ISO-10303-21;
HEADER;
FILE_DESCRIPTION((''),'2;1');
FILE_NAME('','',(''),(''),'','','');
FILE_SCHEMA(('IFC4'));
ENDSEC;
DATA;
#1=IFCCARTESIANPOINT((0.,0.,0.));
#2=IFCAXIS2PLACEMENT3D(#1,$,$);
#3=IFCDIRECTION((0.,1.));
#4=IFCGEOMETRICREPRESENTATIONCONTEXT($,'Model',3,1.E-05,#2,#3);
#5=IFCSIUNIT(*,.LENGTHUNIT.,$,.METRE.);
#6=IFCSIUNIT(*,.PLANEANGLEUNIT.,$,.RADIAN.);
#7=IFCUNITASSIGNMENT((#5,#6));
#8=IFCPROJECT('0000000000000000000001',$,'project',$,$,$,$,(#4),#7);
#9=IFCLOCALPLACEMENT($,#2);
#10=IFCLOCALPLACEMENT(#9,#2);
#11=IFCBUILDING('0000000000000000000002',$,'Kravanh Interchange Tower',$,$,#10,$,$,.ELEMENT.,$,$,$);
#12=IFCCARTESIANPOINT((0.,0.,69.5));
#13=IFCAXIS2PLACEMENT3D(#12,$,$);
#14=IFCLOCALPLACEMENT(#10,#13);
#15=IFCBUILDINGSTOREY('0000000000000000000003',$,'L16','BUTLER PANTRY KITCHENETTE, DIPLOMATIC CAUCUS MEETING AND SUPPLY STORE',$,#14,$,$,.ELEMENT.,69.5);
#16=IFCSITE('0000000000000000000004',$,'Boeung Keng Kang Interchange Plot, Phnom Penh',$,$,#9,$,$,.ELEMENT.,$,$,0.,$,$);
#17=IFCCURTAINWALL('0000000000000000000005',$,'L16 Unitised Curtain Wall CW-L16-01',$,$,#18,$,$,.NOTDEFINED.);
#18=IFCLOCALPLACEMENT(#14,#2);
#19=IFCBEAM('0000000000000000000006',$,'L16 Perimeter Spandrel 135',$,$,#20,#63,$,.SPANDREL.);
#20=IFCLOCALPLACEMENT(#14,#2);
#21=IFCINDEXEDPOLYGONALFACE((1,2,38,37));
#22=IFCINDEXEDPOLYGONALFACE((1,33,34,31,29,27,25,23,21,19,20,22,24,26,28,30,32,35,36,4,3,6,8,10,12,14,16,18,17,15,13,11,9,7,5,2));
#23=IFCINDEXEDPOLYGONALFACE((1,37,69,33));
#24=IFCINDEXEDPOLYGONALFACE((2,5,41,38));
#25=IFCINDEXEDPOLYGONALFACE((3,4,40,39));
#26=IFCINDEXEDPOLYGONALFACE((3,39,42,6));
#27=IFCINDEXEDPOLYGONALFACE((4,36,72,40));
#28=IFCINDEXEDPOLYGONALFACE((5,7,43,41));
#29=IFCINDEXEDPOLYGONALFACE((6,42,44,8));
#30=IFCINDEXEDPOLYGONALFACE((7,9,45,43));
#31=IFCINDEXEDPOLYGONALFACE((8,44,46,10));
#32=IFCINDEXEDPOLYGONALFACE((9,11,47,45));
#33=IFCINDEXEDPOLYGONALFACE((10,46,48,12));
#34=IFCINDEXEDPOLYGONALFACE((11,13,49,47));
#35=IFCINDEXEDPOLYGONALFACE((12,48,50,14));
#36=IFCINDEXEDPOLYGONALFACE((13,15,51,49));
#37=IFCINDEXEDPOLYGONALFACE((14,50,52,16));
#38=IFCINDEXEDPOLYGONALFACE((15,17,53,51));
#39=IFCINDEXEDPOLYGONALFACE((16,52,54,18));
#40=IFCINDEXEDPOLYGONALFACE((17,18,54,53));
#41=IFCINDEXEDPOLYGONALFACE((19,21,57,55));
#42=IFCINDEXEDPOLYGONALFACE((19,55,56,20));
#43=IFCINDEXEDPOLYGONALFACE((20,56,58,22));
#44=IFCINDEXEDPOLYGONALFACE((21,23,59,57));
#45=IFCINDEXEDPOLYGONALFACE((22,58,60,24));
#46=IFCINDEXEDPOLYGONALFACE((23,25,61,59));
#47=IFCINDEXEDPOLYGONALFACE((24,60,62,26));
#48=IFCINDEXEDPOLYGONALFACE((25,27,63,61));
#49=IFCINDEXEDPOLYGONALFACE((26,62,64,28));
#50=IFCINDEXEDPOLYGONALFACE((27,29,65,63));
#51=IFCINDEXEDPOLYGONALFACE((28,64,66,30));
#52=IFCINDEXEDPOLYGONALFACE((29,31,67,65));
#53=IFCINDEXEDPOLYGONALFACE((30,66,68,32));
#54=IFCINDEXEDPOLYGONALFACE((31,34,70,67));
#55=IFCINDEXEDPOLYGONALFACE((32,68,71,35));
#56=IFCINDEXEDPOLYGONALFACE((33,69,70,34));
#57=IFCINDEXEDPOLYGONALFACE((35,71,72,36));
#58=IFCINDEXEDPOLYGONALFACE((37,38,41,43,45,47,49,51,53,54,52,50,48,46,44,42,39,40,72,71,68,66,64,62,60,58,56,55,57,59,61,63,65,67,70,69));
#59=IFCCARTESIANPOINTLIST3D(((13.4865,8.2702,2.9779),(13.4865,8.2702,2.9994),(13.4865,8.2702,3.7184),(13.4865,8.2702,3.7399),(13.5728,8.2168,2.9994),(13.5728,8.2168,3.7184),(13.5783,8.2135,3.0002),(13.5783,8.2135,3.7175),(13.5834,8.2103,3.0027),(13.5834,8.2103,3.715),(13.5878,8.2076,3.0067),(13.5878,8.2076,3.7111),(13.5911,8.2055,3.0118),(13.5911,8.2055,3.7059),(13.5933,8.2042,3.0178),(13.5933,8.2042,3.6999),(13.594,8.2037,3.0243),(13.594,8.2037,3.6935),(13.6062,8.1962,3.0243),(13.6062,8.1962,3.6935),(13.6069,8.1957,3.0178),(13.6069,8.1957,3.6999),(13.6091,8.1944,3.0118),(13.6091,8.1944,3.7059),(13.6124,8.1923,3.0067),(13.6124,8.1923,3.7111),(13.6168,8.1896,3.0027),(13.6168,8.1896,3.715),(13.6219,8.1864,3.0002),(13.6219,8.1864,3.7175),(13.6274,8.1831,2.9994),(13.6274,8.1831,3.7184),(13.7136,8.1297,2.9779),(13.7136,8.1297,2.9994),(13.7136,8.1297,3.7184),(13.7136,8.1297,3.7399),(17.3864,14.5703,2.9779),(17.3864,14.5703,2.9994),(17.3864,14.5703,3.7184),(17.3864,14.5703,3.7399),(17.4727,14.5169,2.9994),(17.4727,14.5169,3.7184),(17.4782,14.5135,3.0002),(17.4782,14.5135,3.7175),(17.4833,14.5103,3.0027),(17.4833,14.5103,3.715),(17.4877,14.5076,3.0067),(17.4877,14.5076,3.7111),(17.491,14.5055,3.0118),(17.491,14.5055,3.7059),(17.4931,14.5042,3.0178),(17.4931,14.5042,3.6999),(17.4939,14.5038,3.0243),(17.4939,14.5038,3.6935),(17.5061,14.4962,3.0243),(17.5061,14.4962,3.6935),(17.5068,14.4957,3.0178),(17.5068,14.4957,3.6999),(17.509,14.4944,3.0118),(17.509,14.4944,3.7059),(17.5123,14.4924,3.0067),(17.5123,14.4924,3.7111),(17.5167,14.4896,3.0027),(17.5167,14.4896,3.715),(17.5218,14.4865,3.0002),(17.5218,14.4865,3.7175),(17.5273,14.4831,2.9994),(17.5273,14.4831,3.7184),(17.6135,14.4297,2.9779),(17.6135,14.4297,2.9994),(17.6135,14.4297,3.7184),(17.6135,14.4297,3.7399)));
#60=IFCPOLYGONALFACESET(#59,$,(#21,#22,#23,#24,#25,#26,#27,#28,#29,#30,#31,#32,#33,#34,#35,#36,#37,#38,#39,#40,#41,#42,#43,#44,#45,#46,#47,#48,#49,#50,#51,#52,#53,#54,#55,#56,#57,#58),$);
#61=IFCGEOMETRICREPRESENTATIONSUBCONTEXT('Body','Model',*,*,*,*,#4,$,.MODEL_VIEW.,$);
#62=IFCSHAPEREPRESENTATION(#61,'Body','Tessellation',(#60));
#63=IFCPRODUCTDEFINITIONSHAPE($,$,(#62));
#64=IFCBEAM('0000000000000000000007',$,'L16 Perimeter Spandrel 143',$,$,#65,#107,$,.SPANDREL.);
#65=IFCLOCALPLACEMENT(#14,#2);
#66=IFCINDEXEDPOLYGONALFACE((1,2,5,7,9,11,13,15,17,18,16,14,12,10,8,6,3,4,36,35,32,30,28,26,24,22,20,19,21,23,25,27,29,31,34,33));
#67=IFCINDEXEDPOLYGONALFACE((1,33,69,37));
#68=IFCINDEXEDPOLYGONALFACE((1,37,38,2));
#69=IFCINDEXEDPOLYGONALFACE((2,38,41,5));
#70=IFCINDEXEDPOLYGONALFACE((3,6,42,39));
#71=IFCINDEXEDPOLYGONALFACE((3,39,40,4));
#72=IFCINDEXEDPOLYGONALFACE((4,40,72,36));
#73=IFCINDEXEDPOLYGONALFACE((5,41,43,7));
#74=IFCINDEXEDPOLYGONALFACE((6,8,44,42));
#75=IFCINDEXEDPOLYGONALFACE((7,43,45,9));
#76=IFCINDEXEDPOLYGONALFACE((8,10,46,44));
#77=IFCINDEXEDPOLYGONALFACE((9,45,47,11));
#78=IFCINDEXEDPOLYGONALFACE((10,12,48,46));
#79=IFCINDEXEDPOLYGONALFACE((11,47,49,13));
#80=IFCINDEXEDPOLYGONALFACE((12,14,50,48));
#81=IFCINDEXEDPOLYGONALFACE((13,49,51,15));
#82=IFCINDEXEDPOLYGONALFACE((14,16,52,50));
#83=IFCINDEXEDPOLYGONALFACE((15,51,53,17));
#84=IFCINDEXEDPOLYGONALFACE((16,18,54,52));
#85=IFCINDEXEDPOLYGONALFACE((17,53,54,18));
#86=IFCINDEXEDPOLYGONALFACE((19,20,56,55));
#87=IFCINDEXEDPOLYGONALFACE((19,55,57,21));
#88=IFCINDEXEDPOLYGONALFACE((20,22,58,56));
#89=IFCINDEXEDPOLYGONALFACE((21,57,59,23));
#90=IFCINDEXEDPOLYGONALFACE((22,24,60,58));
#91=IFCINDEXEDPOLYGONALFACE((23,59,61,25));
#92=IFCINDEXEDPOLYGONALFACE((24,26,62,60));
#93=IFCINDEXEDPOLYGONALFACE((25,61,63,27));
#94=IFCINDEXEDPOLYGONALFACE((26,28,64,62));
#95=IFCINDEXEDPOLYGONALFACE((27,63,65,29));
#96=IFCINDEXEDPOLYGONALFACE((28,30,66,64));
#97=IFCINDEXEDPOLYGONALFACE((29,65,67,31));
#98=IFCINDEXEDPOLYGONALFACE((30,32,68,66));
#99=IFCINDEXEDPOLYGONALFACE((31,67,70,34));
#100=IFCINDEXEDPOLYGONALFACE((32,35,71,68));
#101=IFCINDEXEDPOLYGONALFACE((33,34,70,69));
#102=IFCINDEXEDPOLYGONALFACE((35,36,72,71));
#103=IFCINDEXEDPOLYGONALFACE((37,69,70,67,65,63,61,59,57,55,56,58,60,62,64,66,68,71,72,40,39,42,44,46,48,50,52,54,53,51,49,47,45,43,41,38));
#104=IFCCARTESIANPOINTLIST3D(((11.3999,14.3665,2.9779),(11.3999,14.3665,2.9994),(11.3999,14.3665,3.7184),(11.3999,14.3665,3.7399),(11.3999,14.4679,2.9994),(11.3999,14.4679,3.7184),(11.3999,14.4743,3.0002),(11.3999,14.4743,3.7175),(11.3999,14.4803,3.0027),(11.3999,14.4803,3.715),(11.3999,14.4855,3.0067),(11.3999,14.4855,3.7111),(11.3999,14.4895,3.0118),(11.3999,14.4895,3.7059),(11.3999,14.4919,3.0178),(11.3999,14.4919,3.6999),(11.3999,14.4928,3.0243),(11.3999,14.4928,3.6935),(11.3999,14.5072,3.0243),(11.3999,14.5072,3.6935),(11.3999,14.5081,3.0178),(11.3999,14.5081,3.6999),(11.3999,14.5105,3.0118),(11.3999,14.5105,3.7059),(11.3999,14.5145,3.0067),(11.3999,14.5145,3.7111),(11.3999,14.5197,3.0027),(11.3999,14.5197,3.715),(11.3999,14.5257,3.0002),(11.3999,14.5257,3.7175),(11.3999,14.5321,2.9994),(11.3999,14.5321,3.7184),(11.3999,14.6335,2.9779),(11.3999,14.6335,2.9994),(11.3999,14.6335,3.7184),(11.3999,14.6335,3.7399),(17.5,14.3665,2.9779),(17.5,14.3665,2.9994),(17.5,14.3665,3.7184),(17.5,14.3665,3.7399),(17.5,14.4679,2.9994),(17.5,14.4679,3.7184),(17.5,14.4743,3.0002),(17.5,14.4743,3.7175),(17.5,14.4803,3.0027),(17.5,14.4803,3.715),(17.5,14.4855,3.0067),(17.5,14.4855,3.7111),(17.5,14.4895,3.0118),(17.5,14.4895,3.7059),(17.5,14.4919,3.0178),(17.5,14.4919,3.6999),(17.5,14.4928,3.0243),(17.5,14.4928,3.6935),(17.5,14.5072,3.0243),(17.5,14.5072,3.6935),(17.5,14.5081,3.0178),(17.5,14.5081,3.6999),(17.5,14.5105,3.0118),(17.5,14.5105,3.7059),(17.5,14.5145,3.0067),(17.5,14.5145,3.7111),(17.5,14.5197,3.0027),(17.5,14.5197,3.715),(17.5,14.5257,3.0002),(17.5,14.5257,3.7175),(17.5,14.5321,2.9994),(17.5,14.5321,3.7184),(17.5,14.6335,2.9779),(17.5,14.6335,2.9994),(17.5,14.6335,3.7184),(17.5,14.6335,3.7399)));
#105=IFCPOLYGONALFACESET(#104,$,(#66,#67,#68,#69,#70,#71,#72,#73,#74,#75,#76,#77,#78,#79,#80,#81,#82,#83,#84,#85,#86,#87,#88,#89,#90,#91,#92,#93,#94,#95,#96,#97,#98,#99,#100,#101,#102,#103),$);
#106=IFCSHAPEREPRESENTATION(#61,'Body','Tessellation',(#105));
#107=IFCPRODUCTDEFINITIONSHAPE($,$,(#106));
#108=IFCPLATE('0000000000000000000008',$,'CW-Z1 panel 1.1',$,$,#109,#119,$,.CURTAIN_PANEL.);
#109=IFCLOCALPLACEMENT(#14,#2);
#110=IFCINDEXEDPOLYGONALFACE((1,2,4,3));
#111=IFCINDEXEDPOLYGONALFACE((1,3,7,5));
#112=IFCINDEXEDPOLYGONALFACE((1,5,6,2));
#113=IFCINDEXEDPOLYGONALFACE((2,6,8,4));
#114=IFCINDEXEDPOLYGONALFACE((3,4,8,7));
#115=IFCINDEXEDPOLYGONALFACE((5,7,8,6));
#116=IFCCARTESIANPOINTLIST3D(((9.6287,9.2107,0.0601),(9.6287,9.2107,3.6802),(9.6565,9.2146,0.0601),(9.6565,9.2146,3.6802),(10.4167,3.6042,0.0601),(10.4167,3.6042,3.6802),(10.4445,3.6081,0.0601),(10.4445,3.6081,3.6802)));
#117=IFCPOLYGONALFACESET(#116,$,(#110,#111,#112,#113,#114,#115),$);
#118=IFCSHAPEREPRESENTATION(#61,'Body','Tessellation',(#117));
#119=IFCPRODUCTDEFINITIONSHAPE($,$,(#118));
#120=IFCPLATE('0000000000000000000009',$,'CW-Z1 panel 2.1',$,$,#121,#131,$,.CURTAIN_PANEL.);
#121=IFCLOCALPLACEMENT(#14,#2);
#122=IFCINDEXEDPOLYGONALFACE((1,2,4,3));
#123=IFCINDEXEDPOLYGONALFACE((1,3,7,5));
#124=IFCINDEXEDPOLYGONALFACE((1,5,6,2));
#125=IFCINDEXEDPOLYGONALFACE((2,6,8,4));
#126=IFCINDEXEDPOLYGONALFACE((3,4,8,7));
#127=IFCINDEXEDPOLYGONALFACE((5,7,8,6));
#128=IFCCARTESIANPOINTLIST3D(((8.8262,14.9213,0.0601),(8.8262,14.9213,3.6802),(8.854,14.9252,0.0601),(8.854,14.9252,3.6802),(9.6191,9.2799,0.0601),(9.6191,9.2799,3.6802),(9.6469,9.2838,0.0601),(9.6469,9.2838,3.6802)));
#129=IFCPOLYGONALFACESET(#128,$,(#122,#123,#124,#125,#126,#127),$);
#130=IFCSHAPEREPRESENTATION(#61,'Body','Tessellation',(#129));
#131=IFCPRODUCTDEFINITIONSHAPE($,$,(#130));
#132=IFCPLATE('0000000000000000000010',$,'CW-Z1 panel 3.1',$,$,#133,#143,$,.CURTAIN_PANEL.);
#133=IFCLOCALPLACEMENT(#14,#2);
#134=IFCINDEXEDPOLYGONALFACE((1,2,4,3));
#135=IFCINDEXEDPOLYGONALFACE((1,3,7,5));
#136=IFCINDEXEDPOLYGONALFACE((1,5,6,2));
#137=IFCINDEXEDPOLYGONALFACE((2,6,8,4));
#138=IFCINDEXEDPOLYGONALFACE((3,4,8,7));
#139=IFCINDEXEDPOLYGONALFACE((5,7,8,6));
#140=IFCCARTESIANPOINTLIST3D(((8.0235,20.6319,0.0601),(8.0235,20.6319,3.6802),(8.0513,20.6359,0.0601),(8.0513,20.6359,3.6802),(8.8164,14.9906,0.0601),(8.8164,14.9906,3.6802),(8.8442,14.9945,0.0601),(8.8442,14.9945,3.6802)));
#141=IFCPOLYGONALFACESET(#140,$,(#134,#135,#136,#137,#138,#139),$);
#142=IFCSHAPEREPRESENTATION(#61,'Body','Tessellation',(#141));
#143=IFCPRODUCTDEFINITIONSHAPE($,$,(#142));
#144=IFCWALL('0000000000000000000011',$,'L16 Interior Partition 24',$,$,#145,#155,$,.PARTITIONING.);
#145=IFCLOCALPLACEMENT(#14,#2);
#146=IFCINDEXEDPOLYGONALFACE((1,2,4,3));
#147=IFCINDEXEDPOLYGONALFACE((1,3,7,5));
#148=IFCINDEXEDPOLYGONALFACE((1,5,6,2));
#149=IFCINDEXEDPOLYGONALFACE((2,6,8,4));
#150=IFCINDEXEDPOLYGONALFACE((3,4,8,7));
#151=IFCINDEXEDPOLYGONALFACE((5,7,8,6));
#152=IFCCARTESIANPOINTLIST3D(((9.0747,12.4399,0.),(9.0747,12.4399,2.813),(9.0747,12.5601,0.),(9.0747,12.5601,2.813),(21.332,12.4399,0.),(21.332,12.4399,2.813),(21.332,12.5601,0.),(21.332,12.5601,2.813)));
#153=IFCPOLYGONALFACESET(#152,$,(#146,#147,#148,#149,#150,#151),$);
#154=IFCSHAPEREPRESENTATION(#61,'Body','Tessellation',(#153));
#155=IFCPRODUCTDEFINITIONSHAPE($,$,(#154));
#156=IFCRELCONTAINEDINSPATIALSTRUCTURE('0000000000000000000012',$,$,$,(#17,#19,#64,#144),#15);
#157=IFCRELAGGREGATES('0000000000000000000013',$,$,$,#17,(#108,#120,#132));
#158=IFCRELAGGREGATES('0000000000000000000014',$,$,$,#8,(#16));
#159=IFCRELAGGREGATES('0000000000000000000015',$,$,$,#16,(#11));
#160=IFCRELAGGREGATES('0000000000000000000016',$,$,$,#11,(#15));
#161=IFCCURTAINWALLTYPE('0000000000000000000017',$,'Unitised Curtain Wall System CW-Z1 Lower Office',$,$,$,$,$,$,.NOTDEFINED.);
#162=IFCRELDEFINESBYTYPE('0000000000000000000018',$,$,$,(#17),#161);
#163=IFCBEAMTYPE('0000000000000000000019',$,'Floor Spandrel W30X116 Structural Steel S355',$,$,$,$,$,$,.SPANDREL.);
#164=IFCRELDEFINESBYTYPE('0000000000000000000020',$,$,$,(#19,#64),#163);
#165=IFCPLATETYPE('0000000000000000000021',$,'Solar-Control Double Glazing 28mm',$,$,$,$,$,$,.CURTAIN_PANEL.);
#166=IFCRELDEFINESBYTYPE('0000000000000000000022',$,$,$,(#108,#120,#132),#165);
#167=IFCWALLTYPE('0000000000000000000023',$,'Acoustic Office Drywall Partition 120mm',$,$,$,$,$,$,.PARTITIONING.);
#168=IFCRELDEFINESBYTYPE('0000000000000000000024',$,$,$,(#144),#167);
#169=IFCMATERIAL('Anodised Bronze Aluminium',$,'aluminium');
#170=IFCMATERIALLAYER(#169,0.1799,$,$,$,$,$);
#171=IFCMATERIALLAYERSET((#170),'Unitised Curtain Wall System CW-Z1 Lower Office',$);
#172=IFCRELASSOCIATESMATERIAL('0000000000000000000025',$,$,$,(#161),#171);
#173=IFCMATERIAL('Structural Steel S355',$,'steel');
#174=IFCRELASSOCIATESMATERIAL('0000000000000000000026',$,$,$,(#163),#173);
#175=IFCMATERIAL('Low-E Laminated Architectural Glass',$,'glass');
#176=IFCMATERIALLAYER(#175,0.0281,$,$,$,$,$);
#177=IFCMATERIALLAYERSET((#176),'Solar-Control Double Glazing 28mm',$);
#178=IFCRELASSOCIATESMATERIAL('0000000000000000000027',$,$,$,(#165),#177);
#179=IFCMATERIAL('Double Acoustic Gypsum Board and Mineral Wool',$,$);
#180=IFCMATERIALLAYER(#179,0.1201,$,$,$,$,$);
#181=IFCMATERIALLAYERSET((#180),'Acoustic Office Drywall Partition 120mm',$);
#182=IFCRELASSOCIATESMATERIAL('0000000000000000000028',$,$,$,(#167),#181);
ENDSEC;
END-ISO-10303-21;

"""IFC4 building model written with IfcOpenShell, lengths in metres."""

from ifc_helpers import new_model, si_unit, direction, frame, frame_2d, origin, origin_2d, place, context, subcontext, project, spatial, rectangle, i_section, extrude, material, layer, layer_set, material_profile, profile_set, type_object, element, aggregate, save


model = new_model("IFC4")

# Units and contexts
model_context = context("Model", 3, precision=1e-05, world=origin(), true_north=direction((0.0, 1.0)))
body_context = subcontext(model_context, "Body", "Model", "MODEL_VIEW")
ifc_project = project(units=[si_unit("LENGTHUNIT", "METRE"), si_unit("PLANEANGLEUNIT", "RADIAN")], contexts=[model_context])

# Site, building, storey
site_placement = place(None, origin())
site = spatial("IfcSite", under=ifc_project, at=site_placement, Name="Boeung Keng Kang Interchange Plot, Phnom Penh", CompositionType="ELEMENT", RefElevation=0.0)
building_placement = place(site_placement, origin())
building = spatial("IfcBuilding", under=site, at=building_placement, Name="Kravanh Interchange Tower", CompositionType="ELEMENT")
storey_placement = place(building_placement, frame((0.0, 0.0, 69.5)))
storey = spatial("IfcBuildingStorey", under=building, at=storey_placement, Name="L16", Description="BUTLER PANTRY KITCHENETTE, DIPLOMATIC CAUCUS MEETING AND SUPPLY STORE", CompositionType="ELEMENT", Elevation=69.5)

# Curtain wall
ifc_material_1 = material(Name="Anodised Bronze Aluminium", Category="aluminium")
ifc_layer_1 = layer(ifc_material_1, 0.1799)
ifc_layer_set_1 = layer_set([ifc_layer_1], Name="Unitised Curtain Wall System CW-Z1 Lower Office")
curtain_wall_type = type_object("IfcCurtainWallType", Name="Unitised Curtain Wall System CW-Z1 Lower Office", PredefinedType="NOTDEFINED", material=ifc_layer_set_1)
curtain_wall_placement = place(storey_placement, origin())
curtain_wall = element("IfcCurtainWall", 1, at=curtain_wall_placement, inside=storey, type_object=curtain_wall_type, Name="L16 Unitised Curtain Wall CW-L16-01", PredefinedType="NOTDEFINED")

# Beams
ifc_material_2 = material(Name="Structural Steel S355", Category="steel")
ifc_material_profile_1 = material_profile(ifc_material_2, i_section(OverallWidth=0.2671, OverallDepth=0.762, WebThickness=0.0144, FlangeThickness=0.0215, FilletRadius=0.0249, at=origin_2d()), Name="W30X116")
ifc_profile_set_1 = profile_set([ifc_material_profile_1], Name="Structural Steel S355")
beam_type_1 = type_object("IfcBeamType", Name="Floor Spandrel W30X116 Structural Steel S355", PredefinedType="SPANDREL", material=ifc_profile_set_1)
beam_1_placement = place(storey_placement, frame((13.6001, 8.2, 3.3589), z_axis=(0.526342, 0.850273, 0.0), x_axis=(-0.850273, 0.526342, 0.0)))
element("IfcBeam", 2, at=beam_1_placement, inside=storey, type_object=beam_type_1, Name="L16 Perimeter Spandrel 135", PredefinedType="SPANDREL", context=body_context, shape_type="SweptSolid", body=[
    extrude(i_section(OverallWidth=0.2671, OverallDepth=0.762, WebThickness=0.0144, FlangeThickness=0.0215, FilletRadius=0.0249, at=origin_2d()), origin(), (0.0, 0.0, 1.0), 7.4094),
])
beam_2_placement = place(storey_placement, frame((11.3999, 14.5, 3.3589), z_axis=(1.0, 0.0, 0.0), x_axis=(0.0, 1.0, 0.0)))
element("IfcBeam", 3, at=beam_2_placement, inside=storey, type_object=beam_type_1, Name="L16 Perimeter Spandrel 143", PredefinedType="SPANDREL", context=body_context, shape_type="SweptSolid", body=[
    extrude(i_section(OverallWidth=0.2671, OverallDepth=0.762, WebThickness=0.0144, FlangeThickness=0.0215, FilletRadius=0.0249, at=origin_2d()), origin(), (0.0, 0.0, 1.0), 6.1001),
])

# Plates
ifc_material_3 = material(Name="Low-E Laminated Architectural Glass", Category="glass")
ifc_layer_2 = layer(ifc_material_3, 0.0281)
ifc_layer_set_2 = layer_set([ifc_layer_2], Name="Solar-Control Double Glazing 28mm")
plate_type = type_object("IfcPlateType", Name="Solar-Control Double Glazing 28mm", PredefinedType="CURTAIN_PANEL", material=ifc_layer_set_2)
plate_1_placement = place(storey_placement, frame((10.0366, 6.4094, 0.0601), z_axis=(0.0, 0.0, 1.0), x_axis=(-0.139177, 0.990268, 0.0)))
plate_1 = element("IfcPlate", 4, at=plate_1_placement, type_object=plate_type, Name="CW-Z1 panel 1.1", PredefinedType="CURTAIN_PANEL", context=body_context, shape_type="SweptSolid", body=[
    extrude(rectangle(XDim=5.6616, YDim=0.0281, at=origin_2d()), origin(), (0.0, 0.0, 1.0), 3.6201),
])
plate_2_placement = place(storey_placement, frame((9.2366, 12.1025, 0.0601), z_axis=(0.0, 0.0, 1.0), x_axis=(-0.139177, 0.990268, 0.0)))
plate_2 = element("IfcPlate", 5, at=plate_2_placement, type_object=plate_type, Name="CW-Z1 panel 2.1", PredefinedType="CURTAIN_PANEL", context=body_context, shape_type="SweptSolid", body=[
    extrude(rectangle(XDim=5.6968, YDim=0.0281, at=origin_2d()), origin(), (0.0, 0.0, 1.0), 3.6201),
])
plate_3_placement = place(storey_placement, frame((8.4338, 17.8132, 0.0601), z_axis=(0.0, 0.0, 1.0), x_axis=(-0.139177, 0.990268, 0.0)))
plate_3 = element("IfcPlate", 6, at=plate_3_placement, type_object=plate_type, Name="CW-Z1 panel 3.1", PredefinedType="CURTAIN_PANEL", context=body_context, shape_type="SweptSolid", body=[
    extrude(rectangle(XDim=5.6968, YDim=0.0281, at=origin_2d()), origin(), (0.0, 0.0, 1.0), 3.6201),
])
aggregate(curtain_wall, [plate_1, plate_2, plate_3])

# Wall
ifc_material_4 = material(Name="Double Acoustic Gypsum Board and Mineral Wool")
ifc_layer_3 = layer(ifc_material_4, 0.1201)
ifc_layer_set_3 = layer_set([ifc_layer_3], Name="Acoustic Office Drywall Partition 120mm")
wall_type = type_object("IfcWallType", Name="Acoustic Office Drywall Partition 120mm", PredefinedType="PARTITIONING", material=ifc_layer_set_3)
wall_placement = place(storey_placement, frame((9.0747, 12.5, 0.0), z_axis=(0.0, 0.0, 1.0), x_axis=(1.0, 0.0, 0.0)))
element("IfcWall", 7, at=wall_placement, inside=storey, type_object=wall_type, Name="L16 Interior Partition 24", PredefinedType="PARTITIONING", context=body_context, shape_type="SweptSolid", body=[
    extrude(rectangle(XDim=12.2573, YDim=0.1201, at=frame_2d((6.1287, 0.0))), origin(), (0.0, 0.0, 1.0), 2.813),
])

save(model, "model.ifc")
